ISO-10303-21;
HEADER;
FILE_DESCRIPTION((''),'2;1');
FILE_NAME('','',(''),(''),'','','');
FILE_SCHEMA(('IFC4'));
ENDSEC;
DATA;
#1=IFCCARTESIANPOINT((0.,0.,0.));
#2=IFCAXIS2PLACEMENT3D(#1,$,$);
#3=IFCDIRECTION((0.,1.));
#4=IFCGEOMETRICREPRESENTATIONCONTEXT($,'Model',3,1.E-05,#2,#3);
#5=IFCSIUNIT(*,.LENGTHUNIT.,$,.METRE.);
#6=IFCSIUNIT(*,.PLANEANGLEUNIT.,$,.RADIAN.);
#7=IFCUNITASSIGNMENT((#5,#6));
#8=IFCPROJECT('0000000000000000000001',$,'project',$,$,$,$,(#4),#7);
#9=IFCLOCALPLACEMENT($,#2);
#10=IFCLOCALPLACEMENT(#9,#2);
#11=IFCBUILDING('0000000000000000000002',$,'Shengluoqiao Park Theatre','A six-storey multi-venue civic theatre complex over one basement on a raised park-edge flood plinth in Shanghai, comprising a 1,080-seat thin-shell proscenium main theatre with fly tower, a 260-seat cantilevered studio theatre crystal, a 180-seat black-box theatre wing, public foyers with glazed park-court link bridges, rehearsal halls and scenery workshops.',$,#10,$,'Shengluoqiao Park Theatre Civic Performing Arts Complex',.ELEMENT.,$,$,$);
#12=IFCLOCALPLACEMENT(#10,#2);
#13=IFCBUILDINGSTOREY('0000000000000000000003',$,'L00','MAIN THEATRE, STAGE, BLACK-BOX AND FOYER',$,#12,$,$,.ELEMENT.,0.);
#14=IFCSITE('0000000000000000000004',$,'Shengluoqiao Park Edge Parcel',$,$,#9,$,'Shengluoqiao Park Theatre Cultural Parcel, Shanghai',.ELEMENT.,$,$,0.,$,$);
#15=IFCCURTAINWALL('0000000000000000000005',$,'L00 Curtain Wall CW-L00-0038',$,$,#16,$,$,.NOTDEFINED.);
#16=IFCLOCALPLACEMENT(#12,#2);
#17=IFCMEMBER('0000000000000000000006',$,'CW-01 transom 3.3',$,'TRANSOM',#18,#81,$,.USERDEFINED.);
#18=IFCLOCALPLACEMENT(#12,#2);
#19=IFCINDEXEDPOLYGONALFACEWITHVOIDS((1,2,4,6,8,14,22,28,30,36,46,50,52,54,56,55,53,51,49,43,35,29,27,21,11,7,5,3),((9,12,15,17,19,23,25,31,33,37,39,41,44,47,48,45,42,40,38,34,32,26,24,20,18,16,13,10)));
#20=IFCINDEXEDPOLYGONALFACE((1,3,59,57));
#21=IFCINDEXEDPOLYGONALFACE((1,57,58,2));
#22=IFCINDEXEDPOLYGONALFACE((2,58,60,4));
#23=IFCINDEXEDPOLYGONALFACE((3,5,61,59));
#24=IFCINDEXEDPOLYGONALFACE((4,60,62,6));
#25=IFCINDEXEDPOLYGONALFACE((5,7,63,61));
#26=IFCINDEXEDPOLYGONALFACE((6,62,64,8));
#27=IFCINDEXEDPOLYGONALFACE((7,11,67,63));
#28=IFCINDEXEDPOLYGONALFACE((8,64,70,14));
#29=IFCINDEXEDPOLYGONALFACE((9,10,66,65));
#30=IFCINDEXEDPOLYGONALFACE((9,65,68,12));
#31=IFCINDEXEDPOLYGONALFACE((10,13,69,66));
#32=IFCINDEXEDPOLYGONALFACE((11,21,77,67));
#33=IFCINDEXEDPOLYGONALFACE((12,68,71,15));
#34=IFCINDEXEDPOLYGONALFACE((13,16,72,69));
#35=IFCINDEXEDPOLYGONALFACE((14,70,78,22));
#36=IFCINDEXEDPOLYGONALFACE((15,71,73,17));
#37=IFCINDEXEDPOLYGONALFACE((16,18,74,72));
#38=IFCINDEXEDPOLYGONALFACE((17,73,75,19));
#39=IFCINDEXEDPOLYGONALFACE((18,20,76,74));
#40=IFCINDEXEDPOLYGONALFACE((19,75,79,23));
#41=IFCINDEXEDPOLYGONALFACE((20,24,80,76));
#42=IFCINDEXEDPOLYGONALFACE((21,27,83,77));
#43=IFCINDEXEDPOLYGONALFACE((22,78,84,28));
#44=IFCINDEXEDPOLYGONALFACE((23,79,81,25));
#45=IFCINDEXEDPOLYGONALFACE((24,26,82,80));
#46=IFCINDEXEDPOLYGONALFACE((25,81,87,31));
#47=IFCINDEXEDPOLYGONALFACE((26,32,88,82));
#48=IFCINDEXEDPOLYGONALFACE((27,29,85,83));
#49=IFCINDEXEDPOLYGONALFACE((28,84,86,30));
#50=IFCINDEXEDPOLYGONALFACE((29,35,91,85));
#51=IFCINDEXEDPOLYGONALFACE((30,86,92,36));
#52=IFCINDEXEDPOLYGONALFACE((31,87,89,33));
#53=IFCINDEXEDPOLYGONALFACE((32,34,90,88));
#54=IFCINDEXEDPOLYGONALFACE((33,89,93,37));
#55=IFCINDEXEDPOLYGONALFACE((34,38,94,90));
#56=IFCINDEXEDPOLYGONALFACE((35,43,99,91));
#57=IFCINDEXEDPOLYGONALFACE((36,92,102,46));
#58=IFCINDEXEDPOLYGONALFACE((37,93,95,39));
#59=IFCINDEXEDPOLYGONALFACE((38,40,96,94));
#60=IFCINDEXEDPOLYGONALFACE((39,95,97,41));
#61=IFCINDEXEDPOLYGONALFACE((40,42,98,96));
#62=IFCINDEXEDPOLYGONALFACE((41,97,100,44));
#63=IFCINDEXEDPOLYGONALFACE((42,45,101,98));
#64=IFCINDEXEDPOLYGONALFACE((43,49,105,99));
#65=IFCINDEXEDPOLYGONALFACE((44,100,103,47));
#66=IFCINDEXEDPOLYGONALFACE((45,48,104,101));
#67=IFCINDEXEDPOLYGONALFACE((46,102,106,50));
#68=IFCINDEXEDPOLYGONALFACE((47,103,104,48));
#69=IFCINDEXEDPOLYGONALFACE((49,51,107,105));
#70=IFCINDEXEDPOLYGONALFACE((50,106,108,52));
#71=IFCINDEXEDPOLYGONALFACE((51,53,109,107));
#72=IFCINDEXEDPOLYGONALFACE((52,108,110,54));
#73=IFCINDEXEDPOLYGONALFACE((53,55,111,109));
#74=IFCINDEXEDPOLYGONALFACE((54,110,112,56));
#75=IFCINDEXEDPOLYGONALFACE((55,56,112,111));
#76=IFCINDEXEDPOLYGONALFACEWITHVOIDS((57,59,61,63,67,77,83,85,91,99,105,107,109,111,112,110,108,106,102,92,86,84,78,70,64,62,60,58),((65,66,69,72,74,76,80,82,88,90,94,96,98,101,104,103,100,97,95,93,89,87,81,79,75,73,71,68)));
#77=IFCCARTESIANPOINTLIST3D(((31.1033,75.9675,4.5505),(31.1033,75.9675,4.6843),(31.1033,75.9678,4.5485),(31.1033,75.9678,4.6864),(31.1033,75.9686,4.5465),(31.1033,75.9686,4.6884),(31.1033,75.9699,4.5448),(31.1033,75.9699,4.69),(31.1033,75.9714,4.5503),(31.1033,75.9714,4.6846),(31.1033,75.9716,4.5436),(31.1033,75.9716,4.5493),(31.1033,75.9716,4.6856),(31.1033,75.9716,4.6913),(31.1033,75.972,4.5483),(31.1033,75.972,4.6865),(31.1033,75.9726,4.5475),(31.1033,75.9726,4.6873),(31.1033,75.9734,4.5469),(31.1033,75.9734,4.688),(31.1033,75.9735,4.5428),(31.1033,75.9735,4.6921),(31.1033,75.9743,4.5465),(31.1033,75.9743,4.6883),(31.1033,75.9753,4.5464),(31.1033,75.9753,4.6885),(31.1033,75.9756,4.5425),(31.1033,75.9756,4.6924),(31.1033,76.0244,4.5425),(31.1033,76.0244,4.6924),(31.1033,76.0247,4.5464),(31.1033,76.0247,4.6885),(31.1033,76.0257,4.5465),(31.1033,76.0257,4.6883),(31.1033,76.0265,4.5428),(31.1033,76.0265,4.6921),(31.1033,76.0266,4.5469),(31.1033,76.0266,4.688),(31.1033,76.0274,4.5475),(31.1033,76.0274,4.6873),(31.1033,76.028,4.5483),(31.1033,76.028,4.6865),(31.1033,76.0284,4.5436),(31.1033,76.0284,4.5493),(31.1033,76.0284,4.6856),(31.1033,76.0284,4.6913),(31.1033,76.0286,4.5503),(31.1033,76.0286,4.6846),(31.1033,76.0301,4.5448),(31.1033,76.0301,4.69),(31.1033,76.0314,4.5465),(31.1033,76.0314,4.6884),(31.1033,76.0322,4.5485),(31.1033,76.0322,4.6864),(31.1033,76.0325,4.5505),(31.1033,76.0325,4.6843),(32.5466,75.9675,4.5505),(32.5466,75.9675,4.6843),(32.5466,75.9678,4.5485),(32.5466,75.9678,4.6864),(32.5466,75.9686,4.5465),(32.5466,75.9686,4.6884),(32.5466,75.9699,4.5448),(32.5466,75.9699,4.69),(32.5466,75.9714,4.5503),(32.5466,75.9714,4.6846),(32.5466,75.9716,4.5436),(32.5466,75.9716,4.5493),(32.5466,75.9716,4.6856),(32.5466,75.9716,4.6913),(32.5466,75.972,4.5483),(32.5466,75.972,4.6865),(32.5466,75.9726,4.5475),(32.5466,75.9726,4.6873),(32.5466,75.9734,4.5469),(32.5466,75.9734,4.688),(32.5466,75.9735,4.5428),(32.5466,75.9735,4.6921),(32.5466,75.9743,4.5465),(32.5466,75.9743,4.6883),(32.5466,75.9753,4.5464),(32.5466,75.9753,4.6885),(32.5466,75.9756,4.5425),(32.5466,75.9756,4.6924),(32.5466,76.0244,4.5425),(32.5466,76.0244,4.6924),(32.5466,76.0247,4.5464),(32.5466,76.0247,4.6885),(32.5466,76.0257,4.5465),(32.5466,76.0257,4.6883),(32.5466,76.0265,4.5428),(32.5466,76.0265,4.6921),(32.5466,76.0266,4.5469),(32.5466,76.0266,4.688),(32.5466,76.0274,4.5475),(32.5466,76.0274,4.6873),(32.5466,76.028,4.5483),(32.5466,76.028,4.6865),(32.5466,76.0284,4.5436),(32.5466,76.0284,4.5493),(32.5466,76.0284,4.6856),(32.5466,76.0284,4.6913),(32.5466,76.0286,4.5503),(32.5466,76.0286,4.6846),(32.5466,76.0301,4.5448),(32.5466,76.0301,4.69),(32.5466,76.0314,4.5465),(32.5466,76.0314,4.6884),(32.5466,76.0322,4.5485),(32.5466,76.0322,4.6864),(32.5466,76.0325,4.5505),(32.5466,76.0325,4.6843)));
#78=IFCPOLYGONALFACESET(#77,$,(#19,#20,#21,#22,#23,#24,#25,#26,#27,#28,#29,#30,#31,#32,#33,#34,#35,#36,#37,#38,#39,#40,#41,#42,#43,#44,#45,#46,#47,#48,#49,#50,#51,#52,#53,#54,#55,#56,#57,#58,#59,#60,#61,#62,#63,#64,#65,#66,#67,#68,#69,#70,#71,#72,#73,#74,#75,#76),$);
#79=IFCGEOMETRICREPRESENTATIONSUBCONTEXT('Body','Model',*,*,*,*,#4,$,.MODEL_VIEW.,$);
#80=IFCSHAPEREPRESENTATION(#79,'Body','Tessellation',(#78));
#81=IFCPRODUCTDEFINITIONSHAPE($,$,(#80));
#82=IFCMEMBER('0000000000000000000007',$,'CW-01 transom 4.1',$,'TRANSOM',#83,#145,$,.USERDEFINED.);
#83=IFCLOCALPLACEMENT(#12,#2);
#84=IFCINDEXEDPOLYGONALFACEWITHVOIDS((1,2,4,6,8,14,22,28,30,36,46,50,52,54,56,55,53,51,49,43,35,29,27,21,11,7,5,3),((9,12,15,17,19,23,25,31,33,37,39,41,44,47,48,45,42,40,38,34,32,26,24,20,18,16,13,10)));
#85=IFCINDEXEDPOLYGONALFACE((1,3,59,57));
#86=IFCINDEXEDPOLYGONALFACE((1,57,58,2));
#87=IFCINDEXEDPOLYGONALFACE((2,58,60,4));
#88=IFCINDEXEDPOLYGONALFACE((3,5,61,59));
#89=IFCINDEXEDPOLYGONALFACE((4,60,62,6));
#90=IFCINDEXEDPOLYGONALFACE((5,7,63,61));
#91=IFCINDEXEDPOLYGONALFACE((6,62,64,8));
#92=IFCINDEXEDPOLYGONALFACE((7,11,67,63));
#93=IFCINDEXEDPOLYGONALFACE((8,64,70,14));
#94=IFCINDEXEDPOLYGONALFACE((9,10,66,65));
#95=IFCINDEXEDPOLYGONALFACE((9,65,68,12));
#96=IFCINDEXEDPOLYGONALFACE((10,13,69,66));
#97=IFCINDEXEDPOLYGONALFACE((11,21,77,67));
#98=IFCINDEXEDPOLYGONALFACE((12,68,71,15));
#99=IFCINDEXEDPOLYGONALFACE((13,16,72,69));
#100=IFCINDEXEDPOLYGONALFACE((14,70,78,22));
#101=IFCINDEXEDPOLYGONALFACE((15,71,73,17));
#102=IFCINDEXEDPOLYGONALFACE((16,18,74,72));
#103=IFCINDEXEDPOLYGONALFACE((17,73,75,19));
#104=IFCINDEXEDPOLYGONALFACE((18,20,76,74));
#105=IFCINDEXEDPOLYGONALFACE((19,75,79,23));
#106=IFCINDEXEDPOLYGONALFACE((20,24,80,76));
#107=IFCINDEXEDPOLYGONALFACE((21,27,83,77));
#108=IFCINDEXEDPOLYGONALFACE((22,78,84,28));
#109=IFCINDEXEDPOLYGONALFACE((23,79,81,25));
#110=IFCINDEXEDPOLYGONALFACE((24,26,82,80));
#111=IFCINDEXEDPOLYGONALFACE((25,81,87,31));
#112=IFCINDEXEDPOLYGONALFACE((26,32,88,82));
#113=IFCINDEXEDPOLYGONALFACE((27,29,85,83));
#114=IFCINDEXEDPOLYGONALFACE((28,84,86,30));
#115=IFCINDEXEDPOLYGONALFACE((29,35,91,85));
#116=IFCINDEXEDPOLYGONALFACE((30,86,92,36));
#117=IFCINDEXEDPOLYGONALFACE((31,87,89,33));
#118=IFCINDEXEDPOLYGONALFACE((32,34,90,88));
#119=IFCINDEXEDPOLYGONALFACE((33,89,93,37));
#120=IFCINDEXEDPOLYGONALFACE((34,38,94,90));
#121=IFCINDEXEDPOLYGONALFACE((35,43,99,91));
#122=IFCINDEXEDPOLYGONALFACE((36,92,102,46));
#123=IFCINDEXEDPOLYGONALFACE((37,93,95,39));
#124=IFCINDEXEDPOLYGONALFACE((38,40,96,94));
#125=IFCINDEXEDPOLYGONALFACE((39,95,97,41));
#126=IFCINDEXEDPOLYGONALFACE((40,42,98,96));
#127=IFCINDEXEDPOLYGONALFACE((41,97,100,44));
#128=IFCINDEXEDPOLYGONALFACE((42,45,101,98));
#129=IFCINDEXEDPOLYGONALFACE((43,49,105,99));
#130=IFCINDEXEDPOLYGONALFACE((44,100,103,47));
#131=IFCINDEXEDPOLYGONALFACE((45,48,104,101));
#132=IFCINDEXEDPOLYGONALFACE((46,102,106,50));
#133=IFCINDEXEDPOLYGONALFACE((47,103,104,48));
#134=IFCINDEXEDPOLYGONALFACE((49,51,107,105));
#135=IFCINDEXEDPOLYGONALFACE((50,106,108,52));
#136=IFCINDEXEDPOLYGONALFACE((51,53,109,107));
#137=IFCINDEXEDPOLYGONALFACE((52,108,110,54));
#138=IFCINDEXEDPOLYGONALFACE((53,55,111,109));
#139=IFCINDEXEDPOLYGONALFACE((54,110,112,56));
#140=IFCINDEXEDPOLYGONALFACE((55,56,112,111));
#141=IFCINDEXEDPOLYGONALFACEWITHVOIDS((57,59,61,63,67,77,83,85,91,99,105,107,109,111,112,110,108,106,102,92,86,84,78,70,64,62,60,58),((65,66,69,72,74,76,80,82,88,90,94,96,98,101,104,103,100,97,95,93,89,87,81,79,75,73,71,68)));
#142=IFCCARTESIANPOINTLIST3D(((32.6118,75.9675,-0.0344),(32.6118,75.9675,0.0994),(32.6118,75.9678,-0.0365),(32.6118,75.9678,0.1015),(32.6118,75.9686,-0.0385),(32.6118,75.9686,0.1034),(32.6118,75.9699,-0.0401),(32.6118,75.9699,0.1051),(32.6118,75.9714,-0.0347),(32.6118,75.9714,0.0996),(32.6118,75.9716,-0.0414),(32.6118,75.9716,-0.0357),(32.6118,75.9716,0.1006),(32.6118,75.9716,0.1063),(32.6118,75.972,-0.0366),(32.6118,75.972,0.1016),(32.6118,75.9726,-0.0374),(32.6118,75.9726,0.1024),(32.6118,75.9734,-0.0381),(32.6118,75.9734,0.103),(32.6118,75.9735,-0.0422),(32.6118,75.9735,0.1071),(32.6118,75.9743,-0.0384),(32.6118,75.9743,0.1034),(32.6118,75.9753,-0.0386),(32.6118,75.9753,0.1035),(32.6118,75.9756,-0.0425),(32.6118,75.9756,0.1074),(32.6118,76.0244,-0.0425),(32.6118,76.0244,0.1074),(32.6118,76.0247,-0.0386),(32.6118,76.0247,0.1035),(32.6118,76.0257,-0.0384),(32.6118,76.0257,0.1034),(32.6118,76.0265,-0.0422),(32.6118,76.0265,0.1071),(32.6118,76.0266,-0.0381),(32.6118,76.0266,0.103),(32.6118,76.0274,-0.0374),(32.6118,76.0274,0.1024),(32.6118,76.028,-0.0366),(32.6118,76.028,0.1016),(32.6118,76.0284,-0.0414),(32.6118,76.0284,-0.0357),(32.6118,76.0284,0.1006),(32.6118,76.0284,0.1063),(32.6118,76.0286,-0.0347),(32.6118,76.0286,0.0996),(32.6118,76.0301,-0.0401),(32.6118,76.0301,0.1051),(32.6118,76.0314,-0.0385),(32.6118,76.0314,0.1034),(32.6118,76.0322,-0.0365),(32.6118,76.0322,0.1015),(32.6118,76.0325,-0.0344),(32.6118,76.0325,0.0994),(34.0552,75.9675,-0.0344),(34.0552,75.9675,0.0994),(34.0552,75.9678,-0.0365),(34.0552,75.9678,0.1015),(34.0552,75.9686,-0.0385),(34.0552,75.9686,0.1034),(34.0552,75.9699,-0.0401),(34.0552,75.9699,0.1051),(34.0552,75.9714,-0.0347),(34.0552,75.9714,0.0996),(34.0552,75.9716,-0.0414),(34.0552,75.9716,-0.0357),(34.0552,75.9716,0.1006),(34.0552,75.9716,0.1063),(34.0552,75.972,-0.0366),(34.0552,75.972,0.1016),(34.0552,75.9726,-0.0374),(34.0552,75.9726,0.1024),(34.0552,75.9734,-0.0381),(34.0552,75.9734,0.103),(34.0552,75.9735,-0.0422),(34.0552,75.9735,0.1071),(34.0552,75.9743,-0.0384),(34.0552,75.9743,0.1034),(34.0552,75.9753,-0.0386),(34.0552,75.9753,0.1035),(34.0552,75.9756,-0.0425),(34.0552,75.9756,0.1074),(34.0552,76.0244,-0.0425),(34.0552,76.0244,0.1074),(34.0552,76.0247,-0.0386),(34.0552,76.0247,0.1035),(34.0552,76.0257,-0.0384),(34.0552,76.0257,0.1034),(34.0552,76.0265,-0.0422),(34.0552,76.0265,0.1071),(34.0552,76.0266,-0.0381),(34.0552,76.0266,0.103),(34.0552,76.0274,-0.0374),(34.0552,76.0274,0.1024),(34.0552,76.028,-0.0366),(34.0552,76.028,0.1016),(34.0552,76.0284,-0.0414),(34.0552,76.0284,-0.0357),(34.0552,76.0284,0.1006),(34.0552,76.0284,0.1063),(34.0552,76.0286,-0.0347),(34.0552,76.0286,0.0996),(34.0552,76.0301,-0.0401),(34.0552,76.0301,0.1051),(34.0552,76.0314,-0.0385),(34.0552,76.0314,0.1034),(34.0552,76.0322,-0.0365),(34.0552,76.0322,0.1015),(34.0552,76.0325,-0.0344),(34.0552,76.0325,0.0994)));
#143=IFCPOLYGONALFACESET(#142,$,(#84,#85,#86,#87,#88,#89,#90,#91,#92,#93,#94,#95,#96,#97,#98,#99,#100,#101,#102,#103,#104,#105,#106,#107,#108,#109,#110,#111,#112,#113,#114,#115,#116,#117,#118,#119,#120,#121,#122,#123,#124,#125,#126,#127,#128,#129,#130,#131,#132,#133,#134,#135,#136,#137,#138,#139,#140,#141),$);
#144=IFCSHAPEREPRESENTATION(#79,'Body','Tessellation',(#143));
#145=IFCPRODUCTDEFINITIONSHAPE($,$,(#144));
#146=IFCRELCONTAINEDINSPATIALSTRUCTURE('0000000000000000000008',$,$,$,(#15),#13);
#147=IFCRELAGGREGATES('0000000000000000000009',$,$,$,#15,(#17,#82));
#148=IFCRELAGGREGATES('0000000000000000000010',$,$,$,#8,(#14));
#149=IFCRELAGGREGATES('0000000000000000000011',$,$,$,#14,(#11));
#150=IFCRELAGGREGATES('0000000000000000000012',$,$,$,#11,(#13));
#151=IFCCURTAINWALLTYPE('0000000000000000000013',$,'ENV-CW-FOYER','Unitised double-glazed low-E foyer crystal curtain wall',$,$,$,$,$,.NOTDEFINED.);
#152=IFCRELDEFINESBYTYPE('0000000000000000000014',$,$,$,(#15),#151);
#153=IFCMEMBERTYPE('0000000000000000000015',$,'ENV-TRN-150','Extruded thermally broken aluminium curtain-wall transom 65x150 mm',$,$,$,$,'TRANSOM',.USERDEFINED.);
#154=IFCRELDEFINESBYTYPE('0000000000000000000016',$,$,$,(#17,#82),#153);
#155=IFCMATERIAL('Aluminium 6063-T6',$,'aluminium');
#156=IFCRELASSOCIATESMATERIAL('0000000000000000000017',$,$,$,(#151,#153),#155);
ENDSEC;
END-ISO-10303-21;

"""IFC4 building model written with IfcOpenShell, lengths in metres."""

from ifc_helpers import new_model, si_unit, direction, frame, origin, origin_2d, place, context, subcontext, project, spatial, hollow_rectangle, extrude, material, material_profile, profile_set, type_object, element, aggregate, save


model = new_model("IFC4")

# Units and contexts
model_context = context("Model", 3, precision=1e-05, world=origin(), true_north=direction((0.0, 1.0)))
body_context = subcontext(model_context, "Body", "Model", "MODEL_VIEW")
ifc_project = project(units=[si_unit("LENGTHUNIT", "METRE"), si_unit("PLANEANGLEUNIT", "RADIAN")], contexts=[model_context])

# Site, building, storey
site_placement = place(None, origin())
site = spatial("IfcSite", under=ifc_project, at=site_placement, Name="Shengluoqiao Park Edge Parcel", LongName="Shengluoqiao Park Theatre Cultural Parcel, Shanghai", CompositionType="ELEMENT", RefElevation=0.0)
building_placement = place(site_placement, origin())
building = spatial("IfcBuilding", under=site, at=building_placement, Name="Shengluoqiao Park Theatre", Description="A six-storey multi-venue civic theatre complex over one basement on a raised park-edge flood plinth in Shanghai, comprising a 1,080-seat thin-shell proscenium main theatre with fly tower, a 260-seat cantilevered studio theatre crystal, a 180-seat black-box theatre wing, public foyers with glazed park-court link bridges, rehearsal halls and scenery workshops.", LongName="Shengluoqiao Park Theatre Civic Performing Arts Complex", CompositionType="ELEMENT")
storey_placement = place(building_placement, origin())
storey = spatial("IfcBuildingStorey", under=building, at=storey_placement, Name="L00", Description="MAIN THEATRE, STAGE, BLACK-BOX AND FOYER", CompositionType="ELEMENT", Elevation=0.0)

# Curtain wall, members
ifc_material_1 = material(Name="Aluminium 6063-T6", Category="aluminium")
curtain_wall_type = type_object("IfcCurtainWallType", Name="ENV-CW-FOYER", Description="Unitised double-glazed low-E foyer crystal curtain wall", PredefinedType="NOTDEFINED", material=ifc_material_1)
curtain_wall_placement = place(storey_placement, origin())
curtain_wall = element("IfcCurtainWall", 1, at=curtain_wall_placement, inside=storey, type_object=curtain_wall_type, Name="L00 Curtain Wall CW-L00-0038", PredefinedType="NOTDEFINED")
ifc_material_profile_1 = material_profile(ifc_material_1, hollow_rectangle(XDim=0.0649, YDim=0.1499, WallThickness=0.0039, InnerFilletRadius=0.0039, OuterFilletRadius=0.0081, at=origin_2d()), Name="ALU TRANSOM 150x65x4")
ifc_profile_set_1 = profile_set([ifc_material_profile_1], Name="Aluminium 6063-T6")
member_type_1 = type_object("IfcMemberType", Name="ENV-TRN-150", Description="Extruded thermally broken aluminium curtain-wall transom 65x150 mm", ElementType="TRANSOM", PredefinedType="USERDEFINED", material=ifc_profile_set_1)
member_1_placement = place(storey_placement, frame((31.1033, 76.0, 4.6174), z_axis=(1.0, 0.0, 0.0), x_axis=(0.0, 1.0, 0.0)))
member_1 = element("IfcMember", 2, at=member_1_placement, type_object=member_type_1, Name="CW-01 transom 3.3", ObjectType="TRANSOM", PredefinedType="USERDEFINED", context=body_context, shape_type="SweptSolid", body=[
    extrude(hollow_rectangle(XDim=0.0649, YDim=0.1499, WallThickness=0.0039, InnerFilletRadius=0.0039, OuterFilletRadius=0.0081, at=origin_2d()), origin(), (0.0, 0.0, 1.0), 1.4434),
])
member_2_placement = place(storey_placement, frame((32.6118, 76.0, 0.0325), z_axis=(1.0, 0.0, 0.0), x_axis=(0.0, 1.0, 0.0)))
member_2 = element("IfcMember", 3, at=member_2_placement, type_object=member_type_1, Name="CW-01 transom 4.1", ObjectType="TRANSOM", PredefinedType="USERDEFINED", context=body_context, shape_type="SweptSolid", body=[
    extrude(hollow_rectangle(XDim=0.0649, YDim=0.1499, WallThickness=0.0039, InnerFilletRadius=0.0039, OuterFilletRadius=0.0081, at=origin_2d()), origin(), (0.0, 0.0, 1.0), 1.4434),
])
aggregate(curtain_wall, [member_1, member_2])

save(model, "model.ifc")
